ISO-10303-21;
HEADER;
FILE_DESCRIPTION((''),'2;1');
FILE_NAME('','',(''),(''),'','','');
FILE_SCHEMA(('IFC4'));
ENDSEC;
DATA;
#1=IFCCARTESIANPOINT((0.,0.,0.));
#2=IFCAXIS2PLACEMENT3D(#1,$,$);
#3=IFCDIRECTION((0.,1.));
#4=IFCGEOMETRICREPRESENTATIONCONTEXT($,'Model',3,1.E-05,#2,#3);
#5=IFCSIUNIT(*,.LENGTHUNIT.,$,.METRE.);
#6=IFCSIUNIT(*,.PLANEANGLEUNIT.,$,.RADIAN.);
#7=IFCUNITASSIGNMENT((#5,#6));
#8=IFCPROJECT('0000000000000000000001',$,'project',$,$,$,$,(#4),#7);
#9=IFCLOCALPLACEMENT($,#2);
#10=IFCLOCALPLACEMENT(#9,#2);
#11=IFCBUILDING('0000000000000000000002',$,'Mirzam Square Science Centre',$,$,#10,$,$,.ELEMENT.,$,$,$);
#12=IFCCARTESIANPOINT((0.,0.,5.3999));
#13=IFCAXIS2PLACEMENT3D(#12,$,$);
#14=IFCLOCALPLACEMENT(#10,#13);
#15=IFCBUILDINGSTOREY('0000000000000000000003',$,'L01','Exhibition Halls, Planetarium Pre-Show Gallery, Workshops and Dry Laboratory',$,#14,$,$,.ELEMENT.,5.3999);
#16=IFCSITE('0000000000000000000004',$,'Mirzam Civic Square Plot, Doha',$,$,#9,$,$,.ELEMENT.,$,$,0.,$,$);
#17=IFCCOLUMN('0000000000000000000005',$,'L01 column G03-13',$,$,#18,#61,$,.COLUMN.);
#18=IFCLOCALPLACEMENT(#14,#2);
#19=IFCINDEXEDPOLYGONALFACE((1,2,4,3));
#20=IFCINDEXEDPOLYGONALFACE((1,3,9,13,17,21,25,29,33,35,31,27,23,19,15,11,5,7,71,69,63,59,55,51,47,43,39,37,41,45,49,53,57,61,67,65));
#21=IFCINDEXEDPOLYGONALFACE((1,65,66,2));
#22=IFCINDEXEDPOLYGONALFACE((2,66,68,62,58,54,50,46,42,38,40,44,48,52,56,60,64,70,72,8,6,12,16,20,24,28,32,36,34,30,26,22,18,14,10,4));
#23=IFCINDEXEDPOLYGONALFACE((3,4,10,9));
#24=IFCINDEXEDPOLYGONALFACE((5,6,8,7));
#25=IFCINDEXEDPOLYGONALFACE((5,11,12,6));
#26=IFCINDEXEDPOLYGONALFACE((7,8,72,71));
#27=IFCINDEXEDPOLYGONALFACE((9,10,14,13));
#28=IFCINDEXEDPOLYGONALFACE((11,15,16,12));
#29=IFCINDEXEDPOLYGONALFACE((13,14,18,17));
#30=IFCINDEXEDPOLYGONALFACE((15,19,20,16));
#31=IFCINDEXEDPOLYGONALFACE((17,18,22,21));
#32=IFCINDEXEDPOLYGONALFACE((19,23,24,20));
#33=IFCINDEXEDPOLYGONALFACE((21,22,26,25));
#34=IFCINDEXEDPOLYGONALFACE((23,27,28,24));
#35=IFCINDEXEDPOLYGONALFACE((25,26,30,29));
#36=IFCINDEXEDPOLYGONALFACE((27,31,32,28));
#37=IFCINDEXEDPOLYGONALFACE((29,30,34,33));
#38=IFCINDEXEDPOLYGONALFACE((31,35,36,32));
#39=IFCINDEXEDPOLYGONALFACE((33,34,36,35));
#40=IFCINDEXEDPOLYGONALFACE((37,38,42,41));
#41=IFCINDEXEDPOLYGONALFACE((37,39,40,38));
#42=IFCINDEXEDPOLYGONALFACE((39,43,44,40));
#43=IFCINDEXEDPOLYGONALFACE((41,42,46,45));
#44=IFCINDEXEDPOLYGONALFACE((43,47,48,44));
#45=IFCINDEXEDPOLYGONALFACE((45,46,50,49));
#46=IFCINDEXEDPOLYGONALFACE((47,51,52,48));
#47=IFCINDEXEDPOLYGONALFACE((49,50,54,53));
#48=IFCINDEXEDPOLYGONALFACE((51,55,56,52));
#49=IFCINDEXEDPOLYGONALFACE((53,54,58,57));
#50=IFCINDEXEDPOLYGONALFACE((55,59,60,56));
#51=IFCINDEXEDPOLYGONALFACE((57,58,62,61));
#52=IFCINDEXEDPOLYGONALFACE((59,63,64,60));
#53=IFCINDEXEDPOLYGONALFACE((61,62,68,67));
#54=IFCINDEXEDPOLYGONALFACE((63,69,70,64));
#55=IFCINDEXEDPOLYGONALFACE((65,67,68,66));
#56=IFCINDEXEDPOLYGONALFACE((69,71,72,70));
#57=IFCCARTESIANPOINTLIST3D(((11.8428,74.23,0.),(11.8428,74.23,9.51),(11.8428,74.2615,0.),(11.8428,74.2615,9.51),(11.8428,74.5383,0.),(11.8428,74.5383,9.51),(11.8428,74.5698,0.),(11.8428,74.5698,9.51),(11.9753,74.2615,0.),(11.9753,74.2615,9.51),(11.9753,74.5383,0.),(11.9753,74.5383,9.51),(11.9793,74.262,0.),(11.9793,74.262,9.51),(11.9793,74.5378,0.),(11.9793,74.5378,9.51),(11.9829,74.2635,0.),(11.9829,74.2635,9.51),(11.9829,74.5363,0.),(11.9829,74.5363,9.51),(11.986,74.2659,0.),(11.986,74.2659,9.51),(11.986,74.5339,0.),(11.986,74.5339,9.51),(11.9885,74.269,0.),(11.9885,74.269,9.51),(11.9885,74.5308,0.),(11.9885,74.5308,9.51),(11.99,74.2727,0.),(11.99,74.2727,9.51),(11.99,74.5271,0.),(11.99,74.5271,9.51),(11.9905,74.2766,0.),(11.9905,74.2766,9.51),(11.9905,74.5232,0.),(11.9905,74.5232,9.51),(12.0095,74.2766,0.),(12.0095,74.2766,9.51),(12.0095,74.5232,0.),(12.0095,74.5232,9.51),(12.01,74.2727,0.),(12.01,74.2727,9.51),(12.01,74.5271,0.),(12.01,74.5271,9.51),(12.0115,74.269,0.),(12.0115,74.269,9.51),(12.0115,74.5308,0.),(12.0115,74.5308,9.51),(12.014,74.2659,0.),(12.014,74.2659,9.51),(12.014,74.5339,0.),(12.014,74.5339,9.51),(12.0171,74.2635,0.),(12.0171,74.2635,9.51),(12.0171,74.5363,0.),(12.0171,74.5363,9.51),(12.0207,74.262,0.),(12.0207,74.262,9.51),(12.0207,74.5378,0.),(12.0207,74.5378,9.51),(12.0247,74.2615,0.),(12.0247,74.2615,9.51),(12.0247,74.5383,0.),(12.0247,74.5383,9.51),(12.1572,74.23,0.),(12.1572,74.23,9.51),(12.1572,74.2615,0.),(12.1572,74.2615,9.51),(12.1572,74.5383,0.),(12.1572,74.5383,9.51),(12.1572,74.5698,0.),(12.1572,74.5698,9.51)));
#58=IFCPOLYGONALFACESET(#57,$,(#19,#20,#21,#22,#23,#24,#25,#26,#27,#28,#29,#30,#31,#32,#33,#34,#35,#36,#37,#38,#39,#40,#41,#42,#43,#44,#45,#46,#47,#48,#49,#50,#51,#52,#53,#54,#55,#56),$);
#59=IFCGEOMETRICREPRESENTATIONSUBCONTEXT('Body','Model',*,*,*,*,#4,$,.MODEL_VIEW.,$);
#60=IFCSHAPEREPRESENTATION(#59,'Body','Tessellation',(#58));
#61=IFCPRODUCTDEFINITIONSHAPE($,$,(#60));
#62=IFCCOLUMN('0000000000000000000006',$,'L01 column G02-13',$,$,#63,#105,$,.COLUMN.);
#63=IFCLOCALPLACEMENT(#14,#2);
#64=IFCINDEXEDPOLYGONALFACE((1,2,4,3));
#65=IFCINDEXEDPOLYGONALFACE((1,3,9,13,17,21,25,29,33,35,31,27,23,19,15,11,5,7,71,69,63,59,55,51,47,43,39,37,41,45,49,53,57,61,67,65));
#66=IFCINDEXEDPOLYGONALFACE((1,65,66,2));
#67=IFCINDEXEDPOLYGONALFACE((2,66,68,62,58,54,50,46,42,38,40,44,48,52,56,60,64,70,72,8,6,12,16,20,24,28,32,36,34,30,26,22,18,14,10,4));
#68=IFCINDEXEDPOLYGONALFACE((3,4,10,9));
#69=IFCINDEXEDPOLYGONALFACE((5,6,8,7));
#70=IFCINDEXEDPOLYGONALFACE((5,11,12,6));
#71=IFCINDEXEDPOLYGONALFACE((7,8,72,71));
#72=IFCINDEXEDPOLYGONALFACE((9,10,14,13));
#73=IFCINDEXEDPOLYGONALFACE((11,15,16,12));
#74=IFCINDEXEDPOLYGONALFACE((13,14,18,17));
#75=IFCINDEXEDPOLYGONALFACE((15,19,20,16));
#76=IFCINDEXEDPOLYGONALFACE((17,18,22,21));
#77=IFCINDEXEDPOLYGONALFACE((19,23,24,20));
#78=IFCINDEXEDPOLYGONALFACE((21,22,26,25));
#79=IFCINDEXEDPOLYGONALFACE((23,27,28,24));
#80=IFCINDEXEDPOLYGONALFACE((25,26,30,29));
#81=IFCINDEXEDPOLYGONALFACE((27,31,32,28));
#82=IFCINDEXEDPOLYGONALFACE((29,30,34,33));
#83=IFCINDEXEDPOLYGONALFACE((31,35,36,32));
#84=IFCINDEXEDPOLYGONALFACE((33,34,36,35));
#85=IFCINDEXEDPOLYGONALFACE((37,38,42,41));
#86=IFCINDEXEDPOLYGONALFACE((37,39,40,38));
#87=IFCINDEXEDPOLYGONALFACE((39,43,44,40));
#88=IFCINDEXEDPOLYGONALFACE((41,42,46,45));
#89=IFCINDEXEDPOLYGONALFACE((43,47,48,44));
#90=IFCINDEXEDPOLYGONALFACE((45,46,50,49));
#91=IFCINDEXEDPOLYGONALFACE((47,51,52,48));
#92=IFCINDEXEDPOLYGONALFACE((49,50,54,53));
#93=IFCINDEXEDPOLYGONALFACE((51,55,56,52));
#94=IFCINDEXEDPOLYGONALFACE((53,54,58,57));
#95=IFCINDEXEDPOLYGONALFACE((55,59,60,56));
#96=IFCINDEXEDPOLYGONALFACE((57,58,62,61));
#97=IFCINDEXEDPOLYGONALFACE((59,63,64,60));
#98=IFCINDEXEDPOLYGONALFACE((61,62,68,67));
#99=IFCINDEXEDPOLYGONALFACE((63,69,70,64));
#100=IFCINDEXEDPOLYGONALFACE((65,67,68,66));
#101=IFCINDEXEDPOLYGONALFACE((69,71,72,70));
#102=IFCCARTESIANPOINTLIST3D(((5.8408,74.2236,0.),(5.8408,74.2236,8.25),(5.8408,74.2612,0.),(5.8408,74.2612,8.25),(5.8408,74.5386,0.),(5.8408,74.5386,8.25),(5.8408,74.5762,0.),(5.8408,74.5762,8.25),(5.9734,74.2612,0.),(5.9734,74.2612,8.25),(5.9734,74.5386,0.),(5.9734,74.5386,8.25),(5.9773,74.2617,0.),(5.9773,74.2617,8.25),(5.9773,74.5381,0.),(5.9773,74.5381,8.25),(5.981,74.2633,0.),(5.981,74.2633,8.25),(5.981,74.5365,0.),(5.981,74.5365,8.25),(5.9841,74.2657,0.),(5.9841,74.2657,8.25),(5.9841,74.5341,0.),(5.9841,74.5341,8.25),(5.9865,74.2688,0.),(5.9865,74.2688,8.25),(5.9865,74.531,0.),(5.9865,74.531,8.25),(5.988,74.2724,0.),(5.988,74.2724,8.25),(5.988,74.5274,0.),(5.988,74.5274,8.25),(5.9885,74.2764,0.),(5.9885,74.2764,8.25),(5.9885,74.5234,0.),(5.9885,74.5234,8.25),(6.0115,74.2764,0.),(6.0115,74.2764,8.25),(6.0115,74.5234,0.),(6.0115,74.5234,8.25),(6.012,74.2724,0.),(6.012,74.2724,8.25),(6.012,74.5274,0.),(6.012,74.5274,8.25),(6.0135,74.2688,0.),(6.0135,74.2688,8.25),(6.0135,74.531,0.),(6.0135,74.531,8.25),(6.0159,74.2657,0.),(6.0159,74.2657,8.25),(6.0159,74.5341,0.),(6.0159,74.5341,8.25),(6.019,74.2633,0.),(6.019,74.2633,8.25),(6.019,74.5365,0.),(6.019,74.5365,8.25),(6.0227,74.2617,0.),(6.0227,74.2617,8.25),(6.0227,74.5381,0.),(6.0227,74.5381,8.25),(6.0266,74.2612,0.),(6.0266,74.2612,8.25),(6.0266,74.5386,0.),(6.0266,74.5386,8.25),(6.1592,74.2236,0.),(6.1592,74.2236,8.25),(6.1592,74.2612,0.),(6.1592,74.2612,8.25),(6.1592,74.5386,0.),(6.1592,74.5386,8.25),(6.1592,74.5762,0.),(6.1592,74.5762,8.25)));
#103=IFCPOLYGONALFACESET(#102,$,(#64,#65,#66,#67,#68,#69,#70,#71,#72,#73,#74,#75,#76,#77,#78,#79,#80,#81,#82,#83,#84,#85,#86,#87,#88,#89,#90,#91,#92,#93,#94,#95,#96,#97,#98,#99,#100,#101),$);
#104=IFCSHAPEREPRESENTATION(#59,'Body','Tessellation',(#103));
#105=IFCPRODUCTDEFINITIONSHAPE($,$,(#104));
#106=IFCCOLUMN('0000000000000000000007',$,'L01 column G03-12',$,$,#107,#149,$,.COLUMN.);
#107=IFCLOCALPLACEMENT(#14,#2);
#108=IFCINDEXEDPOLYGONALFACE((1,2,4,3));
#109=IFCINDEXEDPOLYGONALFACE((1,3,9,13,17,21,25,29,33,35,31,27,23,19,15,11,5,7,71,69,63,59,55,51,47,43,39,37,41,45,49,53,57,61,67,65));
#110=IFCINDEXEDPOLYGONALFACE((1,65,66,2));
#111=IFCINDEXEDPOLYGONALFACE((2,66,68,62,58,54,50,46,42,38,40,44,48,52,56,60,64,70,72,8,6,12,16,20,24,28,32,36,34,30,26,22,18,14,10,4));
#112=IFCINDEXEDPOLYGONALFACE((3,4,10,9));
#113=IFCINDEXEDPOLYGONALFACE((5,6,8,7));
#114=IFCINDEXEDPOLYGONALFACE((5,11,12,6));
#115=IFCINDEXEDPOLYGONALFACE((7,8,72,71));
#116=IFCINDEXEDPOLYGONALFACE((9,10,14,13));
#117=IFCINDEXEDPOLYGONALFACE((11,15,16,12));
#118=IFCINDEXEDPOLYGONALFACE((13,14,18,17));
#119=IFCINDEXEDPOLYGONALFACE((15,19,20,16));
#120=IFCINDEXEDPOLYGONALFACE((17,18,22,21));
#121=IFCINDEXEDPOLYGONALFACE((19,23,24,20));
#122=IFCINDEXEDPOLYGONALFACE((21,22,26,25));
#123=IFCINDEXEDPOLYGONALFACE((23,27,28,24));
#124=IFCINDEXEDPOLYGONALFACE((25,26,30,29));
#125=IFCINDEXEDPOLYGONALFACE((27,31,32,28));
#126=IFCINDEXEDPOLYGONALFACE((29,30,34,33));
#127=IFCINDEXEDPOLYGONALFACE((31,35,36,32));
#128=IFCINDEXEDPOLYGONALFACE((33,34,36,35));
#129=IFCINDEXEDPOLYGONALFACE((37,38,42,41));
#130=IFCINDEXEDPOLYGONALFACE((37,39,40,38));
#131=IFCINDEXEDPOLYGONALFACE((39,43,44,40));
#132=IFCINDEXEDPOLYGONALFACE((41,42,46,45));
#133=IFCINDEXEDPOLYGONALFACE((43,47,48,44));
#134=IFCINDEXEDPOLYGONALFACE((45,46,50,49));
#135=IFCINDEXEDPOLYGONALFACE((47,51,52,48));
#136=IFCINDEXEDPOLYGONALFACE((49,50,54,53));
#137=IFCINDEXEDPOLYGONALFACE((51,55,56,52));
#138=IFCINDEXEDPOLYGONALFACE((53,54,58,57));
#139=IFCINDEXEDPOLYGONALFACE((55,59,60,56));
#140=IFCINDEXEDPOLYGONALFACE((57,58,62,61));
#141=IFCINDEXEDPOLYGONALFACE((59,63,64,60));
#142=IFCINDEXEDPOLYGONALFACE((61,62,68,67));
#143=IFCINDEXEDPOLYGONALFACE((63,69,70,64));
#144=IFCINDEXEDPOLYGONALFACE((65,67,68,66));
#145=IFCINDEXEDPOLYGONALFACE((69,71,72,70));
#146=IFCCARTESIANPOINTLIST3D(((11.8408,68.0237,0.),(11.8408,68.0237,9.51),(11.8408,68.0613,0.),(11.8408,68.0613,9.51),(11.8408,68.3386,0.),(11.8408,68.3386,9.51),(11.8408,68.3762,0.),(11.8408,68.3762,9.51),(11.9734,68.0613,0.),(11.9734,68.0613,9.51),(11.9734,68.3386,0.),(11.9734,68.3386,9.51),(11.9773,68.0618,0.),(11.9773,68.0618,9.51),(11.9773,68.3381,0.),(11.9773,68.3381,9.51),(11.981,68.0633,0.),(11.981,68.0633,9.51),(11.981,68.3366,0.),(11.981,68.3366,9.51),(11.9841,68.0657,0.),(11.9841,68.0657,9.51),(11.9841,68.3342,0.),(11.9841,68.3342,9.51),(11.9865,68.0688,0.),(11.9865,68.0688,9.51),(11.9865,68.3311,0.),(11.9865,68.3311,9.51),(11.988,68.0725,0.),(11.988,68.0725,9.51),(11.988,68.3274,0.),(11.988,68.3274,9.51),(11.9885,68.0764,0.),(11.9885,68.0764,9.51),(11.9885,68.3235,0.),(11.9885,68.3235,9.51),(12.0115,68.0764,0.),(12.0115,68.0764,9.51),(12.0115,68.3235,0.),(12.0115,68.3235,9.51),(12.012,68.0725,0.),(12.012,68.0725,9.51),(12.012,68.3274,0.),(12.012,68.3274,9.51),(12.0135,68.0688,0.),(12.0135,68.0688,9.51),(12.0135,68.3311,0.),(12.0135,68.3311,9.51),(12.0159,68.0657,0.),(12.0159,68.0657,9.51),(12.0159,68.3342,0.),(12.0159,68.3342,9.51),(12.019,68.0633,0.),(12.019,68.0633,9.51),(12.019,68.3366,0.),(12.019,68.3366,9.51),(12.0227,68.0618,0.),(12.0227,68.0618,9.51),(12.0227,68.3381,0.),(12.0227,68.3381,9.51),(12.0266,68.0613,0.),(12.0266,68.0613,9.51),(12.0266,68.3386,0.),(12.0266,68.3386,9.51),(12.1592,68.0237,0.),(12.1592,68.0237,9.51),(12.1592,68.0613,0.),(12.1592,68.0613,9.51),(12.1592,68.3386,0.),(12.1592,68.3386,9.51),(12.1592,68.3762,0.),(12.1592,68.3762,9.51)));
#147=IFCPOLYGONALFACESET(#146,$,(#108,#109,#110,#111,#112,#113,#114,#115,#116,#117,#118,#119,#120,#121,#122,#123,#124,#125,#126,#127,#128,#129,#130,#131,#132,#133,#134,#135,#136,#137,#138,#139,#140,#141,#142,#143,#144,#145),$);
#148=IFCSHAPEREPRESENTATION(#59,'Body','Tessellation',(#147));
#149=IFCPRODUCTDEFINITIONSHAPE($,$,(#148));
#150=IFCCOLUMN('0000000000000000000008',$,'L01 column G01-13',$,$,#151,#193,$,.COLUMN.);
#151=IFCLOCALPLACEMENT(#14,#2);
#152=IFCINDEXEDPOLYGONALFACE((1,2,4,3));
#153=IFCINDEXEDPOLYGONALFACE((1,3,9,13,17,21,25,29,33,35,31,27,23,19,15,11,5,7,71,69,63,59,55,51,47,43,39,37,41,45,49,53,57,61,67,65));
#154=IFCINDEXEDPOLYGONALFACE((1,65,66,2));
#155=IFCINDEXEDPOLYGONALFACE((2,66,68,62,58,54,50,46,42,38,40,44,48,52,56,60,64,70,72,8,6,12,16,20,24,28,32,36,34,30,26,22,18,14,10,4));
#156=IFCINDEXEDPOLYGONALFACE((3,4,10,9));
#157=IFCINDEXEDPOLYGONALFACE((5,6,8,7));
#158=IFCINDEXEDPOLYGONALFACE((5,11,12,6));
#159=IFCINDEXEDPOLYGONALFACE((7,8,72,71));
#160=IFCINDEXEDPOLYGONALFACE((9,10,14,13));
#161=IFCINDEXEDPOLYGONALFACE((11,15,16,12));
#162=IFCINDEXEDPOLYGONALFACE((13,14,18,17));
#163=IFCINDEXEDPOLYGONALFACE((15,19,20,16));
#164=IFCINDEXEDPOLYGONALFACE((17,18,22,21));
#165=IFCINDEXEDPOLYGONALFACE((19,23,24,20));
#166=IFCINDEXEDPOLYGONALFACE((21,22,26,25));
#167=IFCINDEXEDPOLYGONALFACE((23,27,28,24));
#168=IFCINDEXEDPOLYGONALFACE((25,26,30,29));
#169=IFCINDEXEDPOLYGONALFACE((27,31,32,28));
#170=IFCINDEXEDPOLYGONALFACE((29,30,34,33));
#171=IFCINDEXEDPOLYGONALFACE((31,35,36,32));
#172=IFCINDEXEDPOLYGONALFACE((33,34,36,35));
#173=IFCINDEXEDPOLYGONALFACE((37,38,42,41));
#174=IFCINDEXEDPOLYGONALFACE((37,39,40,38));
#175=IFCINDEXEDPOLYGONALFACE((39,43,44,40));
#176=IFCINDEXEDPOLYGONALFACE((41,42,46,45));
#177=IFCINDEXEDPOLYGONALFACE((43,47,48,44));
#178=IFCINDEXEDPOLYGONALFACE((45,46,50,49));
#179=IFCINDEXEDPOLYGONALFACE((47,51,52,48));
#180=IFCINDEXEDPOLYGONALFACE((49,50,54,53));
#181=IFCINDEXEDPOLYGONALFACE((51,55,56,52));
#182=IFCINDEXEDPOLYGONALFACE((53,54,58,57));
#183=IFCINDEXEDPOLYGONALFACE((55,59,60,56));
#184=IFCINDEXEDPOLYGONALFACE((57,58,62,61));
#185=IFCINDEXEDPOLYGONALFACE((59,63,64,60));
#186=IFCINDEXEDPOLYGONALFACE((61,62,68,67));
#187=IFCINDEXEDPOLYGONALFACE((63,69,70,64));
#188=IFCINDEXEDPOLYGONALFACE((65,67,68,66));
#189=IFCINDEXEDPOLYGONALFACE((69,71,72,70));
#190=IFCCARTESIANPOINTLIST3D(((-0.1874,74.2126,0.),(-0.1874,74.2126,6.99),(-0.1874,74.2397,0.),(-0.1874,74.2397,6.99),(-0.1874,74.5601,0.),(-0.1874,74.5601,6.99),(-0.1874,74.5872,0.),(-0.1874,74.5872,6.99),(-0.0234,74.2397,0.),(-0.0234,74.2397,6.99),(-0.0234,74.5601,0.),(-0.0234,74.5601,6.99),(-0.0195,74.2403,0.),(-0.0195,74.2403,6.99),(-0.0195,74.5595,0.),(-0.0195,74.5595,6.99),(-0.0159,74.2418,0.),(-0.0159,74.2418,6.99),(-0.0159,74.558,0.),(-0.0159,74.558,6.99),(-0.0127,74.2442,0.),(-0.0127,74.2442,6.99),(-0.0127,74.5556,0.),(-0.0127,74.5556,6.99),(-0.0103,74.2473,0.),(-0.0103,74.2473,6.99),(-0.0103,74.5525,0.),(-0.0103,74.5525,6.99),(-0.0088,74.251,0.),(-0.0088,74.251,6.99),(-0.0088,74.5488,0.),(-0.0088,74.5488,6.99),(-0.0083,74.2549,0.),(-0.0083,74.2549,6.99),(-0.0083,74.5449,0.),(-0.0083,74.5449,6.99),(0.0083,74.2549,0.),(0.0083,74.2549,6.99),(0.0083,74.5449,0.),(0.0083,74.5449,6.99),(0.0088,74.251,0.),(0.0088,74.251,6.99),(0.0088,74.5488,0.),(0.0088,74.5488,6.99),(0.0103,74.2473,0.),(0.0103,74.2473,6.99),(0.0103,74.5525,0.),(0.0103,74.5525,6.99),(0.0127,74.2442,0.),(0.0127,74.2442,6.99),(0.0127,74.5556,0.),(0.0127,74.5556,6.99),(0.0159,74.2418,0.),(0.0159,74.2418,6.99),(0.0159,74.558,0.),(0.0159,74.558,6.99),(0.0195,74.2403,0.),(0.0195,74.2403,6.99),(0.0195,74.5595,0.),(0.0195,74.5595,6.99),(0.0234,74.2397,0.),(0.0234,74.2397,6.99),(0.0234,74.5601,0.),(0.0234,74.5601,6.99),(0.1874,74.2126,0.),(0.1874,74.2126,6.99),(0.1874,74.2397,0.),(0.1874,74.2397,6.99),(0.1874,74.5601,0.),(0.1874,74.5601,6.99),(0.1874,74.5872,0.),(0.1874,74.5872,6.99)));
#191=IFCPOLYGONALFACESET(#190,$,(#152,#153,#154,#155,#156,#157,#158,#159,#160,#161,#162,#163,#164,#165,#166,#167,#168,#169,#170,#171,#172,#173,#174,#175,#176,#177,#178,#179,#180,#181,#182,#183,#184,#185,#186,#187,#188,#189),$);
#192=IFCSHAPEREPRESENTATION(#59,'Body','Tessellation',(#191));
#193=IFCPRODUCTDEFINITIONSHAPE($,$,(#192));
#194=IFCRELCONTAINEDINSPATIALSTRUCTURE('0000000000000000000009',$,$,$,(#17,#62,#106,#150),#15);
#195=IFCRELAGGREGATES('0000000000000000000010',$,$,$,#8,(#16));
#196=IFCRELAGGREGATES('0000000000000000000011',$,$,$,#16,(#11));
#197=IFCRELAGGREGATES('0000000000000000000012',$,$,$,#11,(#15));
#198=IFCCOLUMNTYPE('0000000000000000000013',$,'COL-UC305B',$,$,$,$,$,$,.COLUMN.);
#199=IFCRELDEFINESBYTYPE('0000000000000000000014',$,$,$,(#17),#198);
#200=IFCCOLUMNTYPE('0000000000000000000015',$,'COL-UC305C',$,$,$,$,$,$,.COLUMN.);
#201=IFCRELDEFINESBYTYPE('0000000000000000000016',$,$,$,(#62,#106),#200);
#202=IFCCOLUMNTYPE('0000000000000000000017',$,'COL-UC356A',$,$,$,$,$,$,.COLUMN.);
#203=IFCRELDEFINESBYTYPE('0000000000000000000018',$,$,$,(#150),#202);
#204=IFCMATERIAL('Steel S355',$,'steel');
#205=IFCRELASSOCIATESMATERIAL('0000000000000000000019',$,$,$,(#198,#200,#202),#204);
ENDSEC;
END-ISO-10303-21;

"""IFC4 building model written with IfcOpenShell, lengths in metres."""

from ifc_helpers import new_model, si_unit, direction, frame, origin, origin_2d, place, context, subcontext, project, spatial, i_section, extrude, material, material_profile, profile_set, type_object, element, save


model = new_model("IFC4")

# Units and contexts
model_context = context("Model", 3, precision=1e-05, world=origin(), true_north=direction((0.0, 1.0)))
body_context = subcontext(model_context, "Body", "Model", "MODEL_VIEW")
ifc_project = project(units=[si_unit("LENGTHUNIT", "METRE"), si_unit("PLANEANGLEUNIT", "RADIAN")], contexts=[model_context])

# Site, building, storey
site_placement = place(None, origin())
site = spatial("IfcSite", under=ifc_project, at=site_placement, Name="Mirzam Civic Square Plot, Doha", CompositionType="ELEMENT", RefElevation=0.0)
building_placement = place(site_placement, origin())
building = spatial("IfcBuilding", under=site, at=building_placement, Name="Mirzam Square Science Centre", CompositionType="ELEMENT")
storey_placement = place(building_placement, frame((0.0, 0.0, 5.3999)))
storey = spatial("IfcBuildingStorey", under=building, at=storey_placement, Name="L01", Description="Exhibition Halls, Planetarium Pre-Show Gallery, Workshops and Dry Laboratory", CompositionType="ELEMENT", Elevation=5.3999)

# Columns
ifc_material_1 = material(Name="Steel S355", Category="steel")
ifc_material_profile_1 = material_profile(ifc_material_1, i_section(OverallWidth=0.3145, OverallDepth=0.3398, WebThickness=0.019, FlangeThickness=0.0315, FilletRadius=0.0151, at=origin_2d()), Name="305x305x198UC")
ifc_profile_set_1 = profile_set([ifc_material_profile_1], Name="Steel S355")
column_type_1 = type_object("IfcColumnType", Name="COL-UC305B", PredefinedType="COLUMN", material=ifc_profile_set_1)
column_1_placement = place(storey_placement, frame((12.0, 74.3999, 0.0), z_axis=(0.0, 0.0, 1.0), x_axis=(1.0, 0.0, 0.0)))
element("IfcColumn", 1, at=column_1_placement, inside=storey, type_object=column_type_1, Name="L01 column G03-13", PredefinedType="COLUMN", context=body_context, shape_type="SweptSolid", body=[
    extrude(i_section(OverallWidth=0.3145, OverallDepth=0.3398, WebThickness=0.019, FlangeThickness=0.0315, FilletRadius=0.0151, at=origin_2d()), origin(), (0.0, 0.0, 1.0), 9.51),
])
ifc_material_profile_2 = material_profile(ifc_material_1, i_section(OverallWidth=0.3184, OverallDepth=0.3525, WebThickness=0.0229, FlangeThickness=0.0376, FilletRadius=0.0151, at=origin_2d()), Name="305x305x240UC")
ifc_profile_set_2 = profile_set([ifc_material_profile_2], Name="Steel S355")
column_type_2 = type_object("IfcColumnType", Name="COL-UC305C", PredefinedType="COLUMN", material=ifc_profile_set_2)
column_2_placement = place(storey_placement, frame((6.0, 74.3999, 0.0), z_axis=(0.0, 0.0, 1.0), x_axis=(1.0, 0.0, 0.0)))
element("IfcColumn", 2, at=column_2_placement, inside=storey, type_object=column_type_2, Name="L01 column G02-13", PredefinedType="COLUMN", context=body_context, shape_type="SweptSolid", body=[
    extrude(i_section(OverallWidth=0.3184, OverallDepth=0.3525, WebThickness=0.0229, FlangeThickness=0.0376, FilletRadius=0.0151, at=origin_2d()), origin(), (0.0, 0.0, 1.0), 8.25),
])
column_3_placement = place(storey_placement, frame((12.0, 68.2, 0.0), z_axis=(0.0, 0.0, 1.0), x_axis=(1.0, 0.0, 0.0)))
element("IfcColumn", 3, at=column_3_placement, inside=storey, type_object=column_type_2, Name="L01 column G03-12", PredefinedType="COLUMN", context=body_context, shape_type="SweptSolid", body=[
    extrude(i_section(OverallWidth=0.3184, OverallDepth=0.3525, WebThickness=0.0229, FlangeThickness=0.0376, FilletRadius=0.0151, at=origin_2d()), origin(), (0.0, 0.0, 1.0), 9.51),
])
ifc_material_profile_3 = material_profile(ifc_material_1, i_section(OverallWidth=0.3748, OverallDepth=0.3745, WebThickness=0.0166, FlangeThickness=0.0271, FilletRadius=0.0151, at=origin_2d()), Name="356x368x202UC")
ifc_profile_set_3 = profile_set([ifc_material_profile_3], Name="Steel S355")
column_type_3 = type_object("IfcColumnType", Name="COL-UC356A", PredefinedType="COLUMN", material=ifc_profile_set_3)
column_4_placement = place(storey_placement, frame((0.0, 74.3999, 0.0), z_axis=(0.0, 0.0, 1.0), x_axis=(1.0, 0.0, 0.0)))
element("IfcColumn", 4, at=column_4_placement, inside=storey, type_object=column_type_3, Name="L01 column G01-13", PredefinedType="COLUMN", context=body_context, shape_type="SweptSolid", body=[
    extrude(i_section(OverallWidth=0.3748, OverallDepth=0.3745, WebThickness=0.0166, FlangeThickness=0.0271, FilletRadius=0.0151, at=origin_2d()), origin(), (0.0, 0.0, 1.0), 6.99),
])

save(model, "model.ifc")
